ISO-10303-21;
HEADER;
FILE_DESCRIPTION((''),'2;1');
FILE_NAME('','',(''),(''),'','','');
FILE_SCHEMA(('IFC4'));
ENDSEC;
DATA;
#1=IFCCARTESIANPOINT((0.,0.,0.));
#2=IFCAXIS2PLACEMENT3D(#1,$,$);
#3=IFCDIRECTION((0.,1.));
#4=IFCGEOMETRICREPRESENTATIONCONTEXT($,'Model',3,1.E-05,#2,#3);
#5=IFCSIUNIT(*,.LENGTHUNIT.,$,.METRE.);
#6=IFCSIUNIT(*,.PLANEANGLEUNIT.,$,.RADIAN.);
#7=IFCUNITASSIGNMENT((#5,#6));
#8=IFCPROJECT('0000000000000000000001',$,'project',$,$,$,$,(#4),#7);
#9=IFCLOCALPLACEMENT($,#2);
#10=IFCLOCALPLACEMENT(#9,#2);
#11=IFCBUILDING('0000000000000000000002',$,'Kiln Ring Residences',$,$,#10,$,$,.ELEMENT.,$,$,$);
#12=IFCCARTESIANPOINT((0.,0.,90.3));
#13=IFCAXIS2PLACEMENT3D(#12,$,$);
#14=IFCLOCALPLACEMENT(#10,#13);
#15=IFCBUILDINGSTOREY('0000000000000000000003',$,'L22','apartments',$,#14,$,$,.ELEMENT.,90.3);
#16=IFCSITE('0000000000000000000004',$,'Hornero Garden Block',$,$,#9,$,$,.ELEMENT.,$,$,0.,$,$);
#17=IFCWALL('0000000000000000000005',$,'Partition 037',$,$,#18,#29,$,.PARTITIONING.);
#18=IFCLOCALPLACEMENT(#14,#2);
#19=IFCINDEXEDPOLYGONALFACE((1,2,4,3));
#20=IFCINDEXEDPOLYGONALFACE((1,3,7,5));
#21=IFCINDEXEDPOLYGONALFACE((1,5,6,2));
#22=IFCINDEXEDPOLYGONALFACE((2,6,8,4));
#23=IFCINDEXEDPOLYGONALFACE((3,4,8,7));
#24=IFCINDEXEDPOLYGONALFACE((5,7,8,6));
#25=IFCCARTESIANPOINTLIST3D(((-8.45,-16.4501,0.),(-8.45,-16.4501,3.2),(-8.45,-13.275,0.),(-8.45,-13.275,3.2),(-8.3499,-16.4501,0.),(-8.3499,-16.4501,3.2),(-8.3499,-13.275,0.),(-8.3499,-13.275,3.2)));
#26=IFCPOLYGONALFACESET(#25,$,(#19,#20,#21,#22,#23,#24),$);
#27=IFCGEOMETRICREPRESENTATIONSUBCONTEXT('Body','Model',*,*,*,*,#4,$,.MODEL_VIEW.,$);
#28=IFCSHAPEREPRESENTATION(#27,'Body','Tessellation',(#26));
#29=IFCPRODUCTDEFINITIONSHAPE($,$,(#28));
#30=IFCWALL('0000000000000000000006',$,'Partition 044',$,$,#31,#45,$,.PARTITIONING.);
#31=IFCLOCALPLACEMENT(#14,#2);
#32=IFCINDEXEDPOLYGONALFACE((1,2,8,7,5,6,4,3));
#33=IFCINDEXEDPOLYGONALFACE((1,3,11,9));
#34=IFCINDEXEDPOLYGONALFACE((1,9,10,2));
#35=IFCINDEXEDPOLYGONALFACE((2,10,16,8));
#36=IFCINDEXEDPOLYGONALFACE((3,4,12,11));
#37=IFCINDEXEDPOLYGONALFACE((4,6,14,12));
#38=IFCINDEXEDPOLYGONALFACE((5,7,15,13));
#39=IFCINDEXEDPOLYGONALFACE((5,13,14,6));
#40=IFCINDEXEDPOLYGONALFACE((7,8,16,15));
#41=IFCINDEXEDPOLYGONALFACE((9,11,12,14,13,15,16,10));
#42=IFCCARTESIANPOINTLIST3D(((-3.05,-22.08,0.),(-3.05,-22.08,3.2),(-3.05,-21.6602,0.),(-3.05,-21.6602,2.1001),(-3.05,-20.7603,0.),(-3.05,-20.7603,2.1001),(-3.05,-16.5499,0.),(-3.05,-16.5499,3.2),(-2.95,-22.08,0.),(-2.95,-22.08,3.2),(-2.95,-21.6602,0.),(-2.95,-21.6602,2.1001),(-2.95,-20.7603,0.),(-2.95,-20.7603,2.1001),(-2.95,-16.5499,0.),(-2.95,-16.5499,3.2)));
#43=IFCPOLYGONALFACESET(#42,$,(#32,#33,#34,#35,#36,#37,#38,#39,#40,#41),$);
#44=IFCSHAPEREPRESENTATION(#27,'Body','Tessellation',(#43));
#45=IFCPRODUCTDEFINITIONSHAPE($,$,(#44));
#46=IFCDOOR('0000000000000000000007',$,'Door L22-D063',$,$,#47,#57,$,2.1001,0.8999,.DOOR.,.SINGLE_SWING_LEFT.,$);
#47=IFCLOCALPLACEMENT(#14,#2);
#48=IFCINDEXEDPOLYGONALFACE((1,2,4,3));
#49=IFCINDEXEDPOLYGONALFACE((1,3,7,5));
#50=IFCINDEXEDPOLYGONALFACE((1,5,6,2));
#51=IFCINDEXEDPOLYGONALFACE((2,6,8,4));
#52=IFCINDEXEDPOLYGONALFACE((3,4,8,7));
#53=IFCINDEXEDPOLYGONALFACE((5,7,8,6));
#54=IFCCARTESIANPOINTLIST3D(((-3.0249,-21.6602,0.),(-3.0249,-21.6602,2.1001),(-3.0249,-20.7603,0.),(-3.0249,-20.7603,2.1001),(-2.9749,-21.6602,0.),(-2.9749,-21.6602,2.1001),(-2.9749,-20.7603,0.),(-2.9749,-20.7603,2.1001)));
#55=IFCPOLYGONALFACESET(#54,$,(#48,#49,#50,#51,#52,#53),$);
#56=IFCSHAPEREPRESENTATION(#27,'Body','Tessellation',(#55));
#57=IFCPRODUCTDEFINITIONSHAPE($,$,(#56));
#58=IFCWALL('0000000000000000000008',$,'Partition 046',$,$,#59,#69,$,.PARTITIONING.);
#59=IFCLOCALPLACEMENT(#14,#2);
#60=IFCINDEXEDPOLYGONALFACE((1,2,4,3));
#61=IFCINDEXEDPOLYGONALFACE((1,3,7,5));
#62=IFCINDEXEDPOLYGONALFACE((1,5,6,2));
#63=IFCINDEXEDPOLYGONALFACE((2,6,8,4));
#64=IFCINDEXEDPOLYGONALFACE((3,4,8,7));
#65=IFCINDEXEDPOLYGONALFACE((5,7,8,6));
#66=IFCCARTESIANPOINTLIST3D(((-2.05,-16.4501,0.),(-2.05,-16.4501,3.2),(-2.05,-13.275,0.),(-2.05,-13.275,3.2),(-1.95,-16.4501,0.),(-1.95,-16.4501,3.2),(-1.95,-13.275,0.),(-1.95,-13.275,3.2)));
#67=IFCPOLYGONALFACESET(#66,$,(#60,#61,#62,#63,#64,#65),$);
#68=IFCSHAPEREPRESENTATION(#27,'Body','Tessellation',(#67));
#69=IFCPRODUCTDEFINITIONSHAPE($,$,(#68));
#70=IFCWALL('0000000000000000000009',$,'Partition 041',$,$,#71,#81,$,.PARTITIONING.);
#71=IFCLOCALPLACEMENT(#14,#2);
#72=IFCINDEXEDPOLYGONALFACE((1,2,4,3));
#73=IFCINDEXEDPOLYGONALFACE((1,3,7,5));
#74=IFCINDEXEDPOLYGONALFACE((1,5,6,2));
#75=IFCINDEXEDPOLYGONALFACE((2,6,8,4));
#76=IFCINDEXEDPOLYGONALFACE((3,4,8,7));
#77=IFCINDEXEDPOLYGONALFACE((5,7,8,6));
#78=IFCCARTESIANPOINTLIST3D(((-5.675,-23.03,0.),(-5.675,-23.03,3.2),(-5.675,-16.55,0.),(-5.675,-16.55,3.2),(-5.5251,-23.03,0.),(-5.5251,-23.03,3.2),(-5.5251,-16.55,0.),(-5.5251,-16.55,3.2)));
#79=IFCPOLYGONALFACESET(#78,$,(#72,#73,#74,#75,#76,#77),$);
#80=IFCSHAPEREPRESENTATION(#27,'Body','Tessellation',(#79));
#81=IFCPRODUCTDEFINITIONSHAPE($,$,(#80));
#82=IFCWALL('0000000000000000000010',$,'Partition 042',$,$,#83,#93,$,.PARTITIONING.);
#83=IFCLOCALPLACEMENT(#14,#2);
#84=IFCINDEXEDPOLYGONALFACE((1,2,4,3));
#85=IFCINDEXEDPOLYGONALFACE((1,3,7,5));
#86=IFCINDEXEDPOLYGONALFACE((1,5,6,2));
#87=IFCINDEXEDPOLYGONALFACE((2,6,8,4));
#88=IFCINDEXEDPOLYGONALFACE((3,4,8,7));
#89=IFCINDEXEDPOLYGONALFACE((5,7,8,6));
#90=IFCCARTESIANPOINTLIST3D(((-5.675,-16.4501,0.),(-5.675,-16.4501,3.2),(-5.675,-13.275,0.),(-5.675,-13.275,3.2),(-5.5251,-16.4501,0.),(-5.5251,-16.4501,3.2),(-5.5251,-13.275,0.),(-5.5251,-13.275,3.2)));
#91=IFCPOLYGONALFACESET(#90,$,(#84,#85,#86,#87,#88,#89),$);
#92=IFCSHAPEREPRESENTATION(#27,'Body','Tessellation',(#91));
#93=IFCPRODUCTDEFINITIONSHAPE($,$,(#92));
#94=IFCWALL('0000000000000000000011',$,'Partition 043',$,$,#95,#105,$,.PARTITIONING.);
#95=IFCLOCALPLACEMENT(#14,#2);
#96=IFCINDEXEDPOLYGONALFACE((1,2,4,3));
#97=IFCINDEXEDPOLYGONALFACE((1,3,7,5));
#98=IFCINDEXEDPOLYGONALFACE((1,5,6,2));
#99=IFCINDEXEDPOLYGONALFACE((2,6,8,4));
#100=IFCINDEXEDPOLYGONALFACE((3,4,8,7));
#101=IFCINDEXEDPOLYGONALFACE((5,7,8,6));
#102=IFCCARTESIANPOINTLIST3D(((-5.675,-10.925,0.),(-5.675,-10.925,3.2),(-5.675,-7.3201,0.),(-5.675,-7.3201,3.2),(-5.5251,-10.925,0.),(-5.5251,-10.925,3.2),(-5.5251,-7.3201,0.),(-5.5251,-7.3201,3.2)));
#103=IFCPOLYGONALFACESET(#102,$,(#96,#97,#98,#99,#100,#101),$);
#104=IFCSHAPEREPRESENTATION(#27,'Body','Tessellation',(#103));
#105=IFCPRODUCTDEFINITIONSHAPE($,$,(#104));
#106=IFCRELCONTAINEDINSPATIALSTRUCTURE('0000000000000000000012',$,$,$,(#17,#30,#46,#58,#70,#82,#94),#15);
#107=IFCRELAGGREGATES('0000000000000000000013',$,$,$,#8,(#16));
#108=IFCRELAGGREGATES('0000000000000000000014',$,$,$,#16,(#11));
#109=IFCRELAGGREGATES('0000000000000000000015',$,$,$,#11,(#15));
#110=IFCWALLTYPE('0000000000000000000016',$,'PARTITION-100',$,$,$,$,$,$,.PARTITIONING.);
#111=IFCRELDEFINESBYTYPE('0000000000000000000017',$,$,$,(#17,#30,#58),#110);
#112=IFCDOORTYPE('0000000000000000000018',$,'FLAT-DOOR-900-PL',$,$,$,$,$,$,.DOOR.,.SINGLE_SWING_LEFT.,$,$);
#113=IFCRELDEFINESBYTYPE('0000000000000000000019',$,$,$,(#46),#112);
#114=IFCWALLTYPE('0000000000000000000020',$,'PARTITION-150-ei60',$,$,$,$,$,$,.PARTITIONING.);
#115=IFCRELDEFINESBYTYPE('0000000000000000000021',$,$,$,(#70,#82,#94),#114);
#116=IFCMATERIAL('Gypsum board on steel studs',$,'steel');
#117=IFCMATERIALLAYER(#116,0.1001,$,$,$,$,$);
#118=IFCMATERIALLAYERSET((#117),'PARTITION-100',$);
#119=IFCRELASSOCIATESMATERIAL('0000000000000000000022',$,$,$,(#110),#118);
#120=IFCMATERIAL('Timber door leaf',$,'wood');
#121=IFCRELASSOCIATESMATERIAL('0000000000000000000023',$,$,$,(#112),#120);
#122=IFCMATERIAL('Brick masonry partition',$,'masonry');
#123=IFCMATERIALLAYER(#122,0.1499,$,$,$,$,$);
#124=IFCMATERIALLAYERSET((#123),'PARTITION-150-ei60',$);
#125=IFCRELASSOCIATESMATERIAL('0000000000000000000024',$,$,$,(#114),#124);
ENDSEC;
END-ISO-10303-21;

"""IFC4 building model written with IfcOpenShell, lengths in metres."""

from ifc_helpers import new_model, si_unit, direction, frame, frame_2d, origin, place, context, subcontext, project, spatial, rectangle, extrude, material, layer, layer_set, type_object, element, fill, save


model = new_model("IFC4")

# Units and contexts
model_context = context("Model", 3, precision=1e-05, world=origin(), true_north=direction((0.0, 1.0)))
body_context = subcontext(model_context, "Body", "Model", "MODEL_VIEW")
ifc_project = project(units=[si_unit("LENGTHUNIT", "METRE"), si_unit("PLANEANGLEUNIT", "RADIAN")], contexts=[model_context])

# Site, building, storey
site_placement = place(None, origin())
site = spatial("IfcSite", under=ifc_project, at=site_placement, Name="Hornero Garden Block", CompositionType="ELEMENT", RefElevation=0.0)
building_placement = place(site_placement, origin())
building = spatial("IfcBuilding", under=site, at=building_placement, Name="Kiln Ring Residences", CompositionType="ELEMENT")
storey_placement = place(building_placement, frame((0.0, 0.0, 90.3)))
storey = spatial("IfcBuildingStorey", under=building, at=storey_placement, Name="L22", Description="apartments", CompositionType="ELEMENT", Elevation=90.3)

# Shared definitions
ifc_material_1 = material(Name="Gypsum board on steel studs", Category="steel")
ifc_layer_1 = layer(ifc_material_1, 0.1001)
ifc_layer_set_1 = layer_set([ifc_layer_1], Name="PARTITION-100")
wall_type_1 = type_object("IfcWallType", Name="PARTITION-100", PredefinedType="PARTITIONING", material=ifc_layer_set_1)
ifc_material_2 = material(Name="Timber door leaf", Category="wood")
door_type = type_object("IfcDoorType", Name="FLAT-DOOR-900-PL", OperationType="SINGLE_SWING_LEFT", PredefinedType="DOOR", material=ifc_material_2)

# Wall
wall_1_placement = place(storey_placement, frame((-8.3999, -16.45, 0.0), z_axis=(0.0, 0.0, 1.0), x_axis=(0.0, 1.0, 0.0)))
element("IfcWall", 1, at=wall_1_placement, inside=storey, type_object=wall_type_1, Name="Partition 037", PredefinedType="PARTITIONING", context=body_context, shape_type="SweptSolid", body=[
    extrude(rectangle(XDim=3.175, YDim=0.1001, at=frame_2d((1.5874, 0.0))), origin(), (0.0, 0.0, 1.0), 3.2),
])

# Wall, opening, door
wall_2_placement = place(storey_placement, frame((-3.0, -22.0801, 0.0), z_axis=(0.0, 0.0, 1.0), x_axis=(0.0, 1.0, 0.0)))
wall_2 = element("IfcWall", 2, at=wall_2_placement, inside=storey, type_object=wall_type_1, Name="Partition 044", PredefinedType="PARTITIONING", context=body_context, shape_type="SweptSolid", body=[
    extrude(rectangle(XDim=5.53, YDim=0.1001, at=frame_2d((2.7651, 0.0))), origin(), (0.0, 0.0, 1.0), 3.2),
])
opening_1_placement = place(wall_2_placement, frame((0.4199, 0.0, 0.0)))
opening_1 = element("IfcOpeningElement", 3, at=opening_1_placement, cuts=wall_2, PredefinedType="OPENING", context=body_context, shape_type="SweptSolid", body=[
    extrude(rectangle(XDim=0.8999, YDim=2.1001, at=frame_2d((0.45, 1.05))), frame((0.0, 0.0601, 0.0), z_axis=(0.0, -1.0, 0.0), x_axis=(1.0, 0.0, 0.0)), (0.0, 0.0, 1.0), 0.1201),
])
door_1_placement = place(opening_1_placement, origin())
door_1 = element("IfcDoor", 4, at=door_1_placement, inside=storey, type_object=door_type, Name="Door L22-D063", OperationType="SINGLE_SWING_LEFT", OverallHeight=2.1001, OverallWidth=0.8999, PredefinedType="DOOR", context=body_context, shape_type="SweptSolid", body=[
    extrude(rectangle(XDim=0.8999, YDim=2.1001, at=frame_2d((0.45, 1.05))), frame((0.0, 0.0249, 0.0), z_axis=(0.0, -1.0, 0.0), x_axis=(1.0, 0.0, 0.0)), (0.0, 0.0, 1.0), 0.05),
])
fill(opening_1, door_1)

# Walls
wall_3_placement = place(storey_placement, frame((-2.0, -16.45, 0.0), z_axis=(0.0, 0.0, 1.0), x_axis=(0.0, 1.0, 0.0)))
element("IfcWall", 5, at=wall_3_placement, inside=storey, type_object=wall_type_1, Name="Partition 046", PredefinedType="PARTITIONING", context=body_context, shape_type="SweptSolid", body=[
    extrude(rectangle(XDim=3.175, YDim=0.1001, at=frame_2d((1.5874, 0.0))), origin(), (0.0, 0.0, 1.0), 3.2),
])
ifc_material_3 = material(Name="Brick masonry partition", Category="masonry")
ifc_layer_2 = layer(ifc_material_3, 0.1499)
ifc_layer_set_2 = layer_set([ifc_layer_2], Name="PARTITION-150-ei60")
wall_type_2 = type_object("IfcWallType", Name="PARTITION-150-ei60", PredefinedType="PARTITIONING", material=ifc_layer_set_2)
wall_4_placement = place(storey_placement, frame((-5.6001, -23.03, 0.0), z_axis=(0.0, 0.0, 1.0), x_axis=(0.0, 1.0, 0.0)))
element("IfcWall", 6, at=wall_4_placement, inside=storey, type_object=wall_type_2, Name="Partition 041", PredefinedType="PARTITIONING", context=body_context, shape_type="SweptSolid", body=[
    extrude(rectangle(XDim=6.48, YDim=0.1499, at=frame_2d((3.24, 0.0))), origin(), (0.0, 0.0, 1.0), 3.2),
])
wall_5_placement = place(storey_placement, frame((-5.6001, -16.45, 0.0), z_axis=(0.0, 0.0, 1.0), x_axis=(0.0, 1.0, 0.0)))
element("IfcWall", 7, at=wall_5_placement, inside=storey, type_object=wall_type_2, Name="Partition 042", PredefinedType="PARTITIONING", context=body_context, shape_type="SweptSolid", body=[
    extrude(rectangle(XDim=3.175, YDim=0.1499, at=frame_2d((1.5874, 0.0))), origin(), (0.0, 0.0, 1.0), 3.2),
])
wall_6_placement = place(storey_placement, frame((-5.6001, -10.925, 0.0), z_axis=(0.0, 0.0, 1.0), x_axis=(0.0, 1.0, 0.0)))
element("IfcWall", 8, at=wall_6_placement, inside=storey, type_object=wall_type_2, Name="Partition 043", PredefinedType="PARTITIONING", context=body_context, shape_type="SweptSolid", body=[
    extrude(rectangle(XDim=3.605, YDim=0.1499, at=frame_2d((1.8025, 0.0))), origin(), (0.0, 0.0, 1.0), 3.2),
])

save(model, "model.ifc")
